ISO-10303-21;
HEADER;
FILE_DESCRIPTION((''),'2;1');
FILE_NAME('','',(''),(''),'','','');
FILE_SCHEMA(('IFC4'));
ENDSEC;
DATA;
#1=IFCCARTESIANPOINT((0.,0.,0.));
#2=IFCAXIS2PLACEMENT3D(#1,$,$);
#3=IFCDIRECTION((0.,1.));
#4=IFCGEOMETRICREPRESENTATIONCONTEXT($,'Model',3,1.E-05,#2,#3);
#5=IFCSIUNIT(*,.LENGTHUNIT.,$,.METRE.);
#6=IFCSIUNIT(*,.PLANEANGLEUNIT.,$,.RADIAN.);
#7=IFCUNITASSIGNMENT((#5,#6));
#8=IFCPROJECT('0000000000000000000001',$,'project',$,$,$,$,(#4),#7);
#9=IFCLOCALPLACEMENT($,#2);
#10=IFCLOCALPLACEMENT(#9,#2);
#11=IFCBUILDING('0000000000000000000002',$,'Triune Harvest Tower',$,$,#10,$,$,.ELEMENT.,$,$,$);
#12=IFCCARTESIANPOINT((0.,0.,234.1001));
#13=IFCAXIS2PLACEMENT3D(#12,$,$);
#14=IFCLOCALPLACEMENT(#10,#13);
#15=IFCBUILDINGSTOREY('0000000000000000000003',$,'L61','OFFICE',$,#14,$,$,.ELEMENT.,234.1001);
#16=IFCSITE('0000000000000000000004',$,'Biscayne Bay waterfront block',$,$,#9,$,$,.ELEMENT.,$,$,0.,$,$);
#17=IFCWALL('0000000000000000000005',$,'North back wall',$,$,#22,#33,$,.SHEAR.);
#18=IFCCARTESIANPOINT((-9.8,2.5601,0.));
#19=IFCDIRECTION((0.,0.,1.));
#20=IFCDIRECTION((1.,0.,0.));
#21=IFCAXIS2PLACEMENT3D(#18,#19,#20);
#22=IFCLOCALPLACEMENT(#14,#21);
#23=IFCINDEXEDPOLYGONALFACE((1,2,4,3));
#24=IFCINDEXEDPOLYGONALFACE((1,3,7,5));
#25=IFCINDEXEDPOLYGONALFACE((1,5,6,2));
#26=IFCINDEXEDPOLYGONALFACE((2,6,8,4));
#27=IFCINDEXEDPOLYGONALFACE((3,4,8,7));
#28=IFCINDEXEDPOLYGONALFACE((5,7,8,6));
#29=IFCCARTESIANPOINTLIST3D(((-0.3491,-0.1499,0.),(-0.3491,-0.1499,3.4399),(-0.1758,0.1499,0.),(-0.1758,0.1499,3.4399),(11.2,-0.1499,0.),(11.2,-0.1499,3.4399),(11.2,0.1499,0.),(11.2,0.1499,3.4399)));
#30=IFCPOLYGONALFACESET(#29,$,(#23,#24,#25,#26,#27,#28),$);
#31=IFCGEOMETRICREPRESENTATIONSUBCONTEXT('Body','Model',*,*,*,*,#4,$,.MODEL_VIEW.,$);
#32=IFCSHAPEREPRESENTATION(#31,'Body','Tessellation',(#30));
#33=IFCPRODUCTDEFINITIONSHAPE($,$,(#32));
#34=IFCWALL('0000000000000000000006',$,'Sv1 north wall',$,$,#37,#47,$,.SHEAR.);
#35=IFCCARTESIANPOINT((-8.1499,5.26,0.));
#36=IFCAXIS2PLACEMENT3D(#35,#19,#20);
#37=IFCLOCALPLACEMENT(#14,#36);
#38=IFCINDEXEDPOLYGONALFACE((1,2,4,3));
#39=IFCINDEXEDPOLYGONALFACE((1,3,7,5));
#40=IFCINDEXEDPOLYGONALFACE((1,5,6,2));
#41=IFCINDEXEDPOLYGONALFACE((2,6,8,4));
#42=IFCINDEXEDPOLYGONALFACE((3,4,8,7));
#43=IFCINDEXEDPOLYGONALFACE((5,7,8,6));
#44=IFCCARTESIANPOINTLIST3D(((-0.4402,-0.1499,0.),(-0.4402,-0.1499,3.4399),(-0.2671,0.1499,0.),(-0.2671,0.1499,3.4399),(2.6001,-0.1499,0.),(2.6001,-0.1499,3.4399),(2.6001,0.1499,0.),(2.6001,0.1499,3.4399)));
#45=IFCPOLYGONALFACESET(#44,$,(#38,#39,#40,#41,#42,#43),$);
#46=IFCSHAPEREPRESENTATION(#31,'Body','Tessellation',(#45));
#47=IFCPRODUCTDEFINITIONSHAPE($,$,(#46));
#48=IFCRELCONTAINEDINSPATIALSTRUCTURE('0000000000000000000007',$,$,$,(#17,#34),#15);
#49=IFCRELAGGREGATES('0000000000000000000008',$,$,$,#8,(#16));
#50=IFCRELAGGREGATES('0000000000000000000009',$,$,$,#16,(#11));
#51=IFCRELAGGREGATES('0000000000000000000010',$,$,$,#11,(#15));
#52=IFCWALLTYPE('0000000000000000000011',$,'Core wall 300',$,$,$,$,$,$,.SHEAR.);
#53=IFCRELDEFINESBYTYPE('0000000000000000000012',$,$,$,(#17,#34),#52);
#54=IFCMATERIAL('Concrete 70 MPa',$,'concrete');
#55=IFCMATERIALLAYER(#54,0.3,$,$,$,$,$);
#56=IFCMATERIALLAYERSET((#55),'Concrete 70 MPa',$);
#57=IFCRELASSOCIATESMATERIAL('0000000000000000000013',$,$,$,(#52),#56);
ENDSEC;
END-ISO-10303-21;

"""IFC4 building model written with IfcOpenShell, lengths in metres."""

from ifc_helpers import new_model, si_unit, direction, frame, origin, place, context, subcontext, project, spatial, polyline, outline, extrude, source, transform, mapped, material, layer, layer_set, type_object, element, save


model = new_model("IFC4")

# Units and contexts
model_context = context("Model", 3, precision=1e-05, world=origin(), true_north=direction((0.0, 1.0)))
body_context = subcontext(model_context, "Body", "Model", "MODEL_VIEW")
ifc_project = project(units=[si_unit("LENGTHUNIT", "METRE"), si_unit("PLANEANGLEUNIT", "RADIAN")], contexts=[model_context])

# Site, building, storey
site_placement = place(None, origin())
site = spatial("IfcSite", under=ifc_project, at=site_placement, Name="Biscayne Bay waterfront block", CompositionType="ELEMENT", RefElevation=0.0)
building_placement = place(site_placement, origin())
building = spatial("IfcBuilding", under=site, at=building_placement, Name="Triune Harvest Tower", CompositionType="ELEMENT")
storey_placement = place(building_placement, frame((0.0, 0.0, 234.1001)))
storey = spatial("IfcBuildingStorey", under=building, at=storey_placement, Name="L61", Description="OFFICE", CompositionType="ELEMENT", Elevation=234.1001)

# Shared definitions
ifc_material_1 = material(Name="Concrete 70 MPa", Category="concrete")
ifc_layer_1 = layer(ifc_material_1, 0.3)
ifc_layer_set_1 = layer_set([ifc_layer_1], Name="Concrete 70 MPa")
wall_type_1 = type_object("IfcWallType", Name="Core wall 300", PredefinedType="SHEAR", material=ifc_layer_set_1)

# Walls
shared_shape_1 = source(origin(), body_context, "Body", "SweptSolid", [
    extrude(outline(polyline([(11.2, -0.1499), (-0.3491, -0.1499), (-0.1758, 0.1499), (11.2, 0.1499), (11.2, -0.1499)])), origin(), (0.0, 0.0, 1.0), 3.4399),
])
wall_1_placement = place(storey_placement, frame((-9.8, 2.5601, 0.0), z_axis=(0.0, 0.0, 1.0), x_axis=(1.0, 0.0, 0.0)))
element("IfcWall", 1, at=wall_1_placement, inside=storey, type_object=wall_type_1, Name="North back wall", PredefinedType="SHEAR", context=body_context, shape_type="MappedRepresentation", body=[
    mapped(shared_shape_1, transform((0.0, 0.0, 0.0), scale=1.0)),
])
shared_shape_2 = source(origin(), body_context, "Body", "SweptSolid", [
    extrude(outline(polyline([(2.6001, -0.1499), (-0.4402, -0.1499), (-0.2671, 0.1499), (2.6001, 0.1499), (2.6001, -0.1499)])), origin(), (0.0, 0.0, 1.0), 3.4399),
])
wall_2_placement = place(storey_placement, frame((-8.1499, 5.26, 0.0), z_axis=(0.0, 0.0, 1.0), x_axis=(1.0, 0.0, 0.0)))
element("IfcWall", 2, at=wall_2_placement, inside=storey, type_object=wall_type_1, Name="Sv1 north wall", PredefinedType="SHEAR", context=body_context, shape_type="MappedRepresentation", body=[
    mapped(shared_shape_2, transform((0.0, 0.0, 0.0), scale=1.0)),
])

save(model, "model.ifc")
